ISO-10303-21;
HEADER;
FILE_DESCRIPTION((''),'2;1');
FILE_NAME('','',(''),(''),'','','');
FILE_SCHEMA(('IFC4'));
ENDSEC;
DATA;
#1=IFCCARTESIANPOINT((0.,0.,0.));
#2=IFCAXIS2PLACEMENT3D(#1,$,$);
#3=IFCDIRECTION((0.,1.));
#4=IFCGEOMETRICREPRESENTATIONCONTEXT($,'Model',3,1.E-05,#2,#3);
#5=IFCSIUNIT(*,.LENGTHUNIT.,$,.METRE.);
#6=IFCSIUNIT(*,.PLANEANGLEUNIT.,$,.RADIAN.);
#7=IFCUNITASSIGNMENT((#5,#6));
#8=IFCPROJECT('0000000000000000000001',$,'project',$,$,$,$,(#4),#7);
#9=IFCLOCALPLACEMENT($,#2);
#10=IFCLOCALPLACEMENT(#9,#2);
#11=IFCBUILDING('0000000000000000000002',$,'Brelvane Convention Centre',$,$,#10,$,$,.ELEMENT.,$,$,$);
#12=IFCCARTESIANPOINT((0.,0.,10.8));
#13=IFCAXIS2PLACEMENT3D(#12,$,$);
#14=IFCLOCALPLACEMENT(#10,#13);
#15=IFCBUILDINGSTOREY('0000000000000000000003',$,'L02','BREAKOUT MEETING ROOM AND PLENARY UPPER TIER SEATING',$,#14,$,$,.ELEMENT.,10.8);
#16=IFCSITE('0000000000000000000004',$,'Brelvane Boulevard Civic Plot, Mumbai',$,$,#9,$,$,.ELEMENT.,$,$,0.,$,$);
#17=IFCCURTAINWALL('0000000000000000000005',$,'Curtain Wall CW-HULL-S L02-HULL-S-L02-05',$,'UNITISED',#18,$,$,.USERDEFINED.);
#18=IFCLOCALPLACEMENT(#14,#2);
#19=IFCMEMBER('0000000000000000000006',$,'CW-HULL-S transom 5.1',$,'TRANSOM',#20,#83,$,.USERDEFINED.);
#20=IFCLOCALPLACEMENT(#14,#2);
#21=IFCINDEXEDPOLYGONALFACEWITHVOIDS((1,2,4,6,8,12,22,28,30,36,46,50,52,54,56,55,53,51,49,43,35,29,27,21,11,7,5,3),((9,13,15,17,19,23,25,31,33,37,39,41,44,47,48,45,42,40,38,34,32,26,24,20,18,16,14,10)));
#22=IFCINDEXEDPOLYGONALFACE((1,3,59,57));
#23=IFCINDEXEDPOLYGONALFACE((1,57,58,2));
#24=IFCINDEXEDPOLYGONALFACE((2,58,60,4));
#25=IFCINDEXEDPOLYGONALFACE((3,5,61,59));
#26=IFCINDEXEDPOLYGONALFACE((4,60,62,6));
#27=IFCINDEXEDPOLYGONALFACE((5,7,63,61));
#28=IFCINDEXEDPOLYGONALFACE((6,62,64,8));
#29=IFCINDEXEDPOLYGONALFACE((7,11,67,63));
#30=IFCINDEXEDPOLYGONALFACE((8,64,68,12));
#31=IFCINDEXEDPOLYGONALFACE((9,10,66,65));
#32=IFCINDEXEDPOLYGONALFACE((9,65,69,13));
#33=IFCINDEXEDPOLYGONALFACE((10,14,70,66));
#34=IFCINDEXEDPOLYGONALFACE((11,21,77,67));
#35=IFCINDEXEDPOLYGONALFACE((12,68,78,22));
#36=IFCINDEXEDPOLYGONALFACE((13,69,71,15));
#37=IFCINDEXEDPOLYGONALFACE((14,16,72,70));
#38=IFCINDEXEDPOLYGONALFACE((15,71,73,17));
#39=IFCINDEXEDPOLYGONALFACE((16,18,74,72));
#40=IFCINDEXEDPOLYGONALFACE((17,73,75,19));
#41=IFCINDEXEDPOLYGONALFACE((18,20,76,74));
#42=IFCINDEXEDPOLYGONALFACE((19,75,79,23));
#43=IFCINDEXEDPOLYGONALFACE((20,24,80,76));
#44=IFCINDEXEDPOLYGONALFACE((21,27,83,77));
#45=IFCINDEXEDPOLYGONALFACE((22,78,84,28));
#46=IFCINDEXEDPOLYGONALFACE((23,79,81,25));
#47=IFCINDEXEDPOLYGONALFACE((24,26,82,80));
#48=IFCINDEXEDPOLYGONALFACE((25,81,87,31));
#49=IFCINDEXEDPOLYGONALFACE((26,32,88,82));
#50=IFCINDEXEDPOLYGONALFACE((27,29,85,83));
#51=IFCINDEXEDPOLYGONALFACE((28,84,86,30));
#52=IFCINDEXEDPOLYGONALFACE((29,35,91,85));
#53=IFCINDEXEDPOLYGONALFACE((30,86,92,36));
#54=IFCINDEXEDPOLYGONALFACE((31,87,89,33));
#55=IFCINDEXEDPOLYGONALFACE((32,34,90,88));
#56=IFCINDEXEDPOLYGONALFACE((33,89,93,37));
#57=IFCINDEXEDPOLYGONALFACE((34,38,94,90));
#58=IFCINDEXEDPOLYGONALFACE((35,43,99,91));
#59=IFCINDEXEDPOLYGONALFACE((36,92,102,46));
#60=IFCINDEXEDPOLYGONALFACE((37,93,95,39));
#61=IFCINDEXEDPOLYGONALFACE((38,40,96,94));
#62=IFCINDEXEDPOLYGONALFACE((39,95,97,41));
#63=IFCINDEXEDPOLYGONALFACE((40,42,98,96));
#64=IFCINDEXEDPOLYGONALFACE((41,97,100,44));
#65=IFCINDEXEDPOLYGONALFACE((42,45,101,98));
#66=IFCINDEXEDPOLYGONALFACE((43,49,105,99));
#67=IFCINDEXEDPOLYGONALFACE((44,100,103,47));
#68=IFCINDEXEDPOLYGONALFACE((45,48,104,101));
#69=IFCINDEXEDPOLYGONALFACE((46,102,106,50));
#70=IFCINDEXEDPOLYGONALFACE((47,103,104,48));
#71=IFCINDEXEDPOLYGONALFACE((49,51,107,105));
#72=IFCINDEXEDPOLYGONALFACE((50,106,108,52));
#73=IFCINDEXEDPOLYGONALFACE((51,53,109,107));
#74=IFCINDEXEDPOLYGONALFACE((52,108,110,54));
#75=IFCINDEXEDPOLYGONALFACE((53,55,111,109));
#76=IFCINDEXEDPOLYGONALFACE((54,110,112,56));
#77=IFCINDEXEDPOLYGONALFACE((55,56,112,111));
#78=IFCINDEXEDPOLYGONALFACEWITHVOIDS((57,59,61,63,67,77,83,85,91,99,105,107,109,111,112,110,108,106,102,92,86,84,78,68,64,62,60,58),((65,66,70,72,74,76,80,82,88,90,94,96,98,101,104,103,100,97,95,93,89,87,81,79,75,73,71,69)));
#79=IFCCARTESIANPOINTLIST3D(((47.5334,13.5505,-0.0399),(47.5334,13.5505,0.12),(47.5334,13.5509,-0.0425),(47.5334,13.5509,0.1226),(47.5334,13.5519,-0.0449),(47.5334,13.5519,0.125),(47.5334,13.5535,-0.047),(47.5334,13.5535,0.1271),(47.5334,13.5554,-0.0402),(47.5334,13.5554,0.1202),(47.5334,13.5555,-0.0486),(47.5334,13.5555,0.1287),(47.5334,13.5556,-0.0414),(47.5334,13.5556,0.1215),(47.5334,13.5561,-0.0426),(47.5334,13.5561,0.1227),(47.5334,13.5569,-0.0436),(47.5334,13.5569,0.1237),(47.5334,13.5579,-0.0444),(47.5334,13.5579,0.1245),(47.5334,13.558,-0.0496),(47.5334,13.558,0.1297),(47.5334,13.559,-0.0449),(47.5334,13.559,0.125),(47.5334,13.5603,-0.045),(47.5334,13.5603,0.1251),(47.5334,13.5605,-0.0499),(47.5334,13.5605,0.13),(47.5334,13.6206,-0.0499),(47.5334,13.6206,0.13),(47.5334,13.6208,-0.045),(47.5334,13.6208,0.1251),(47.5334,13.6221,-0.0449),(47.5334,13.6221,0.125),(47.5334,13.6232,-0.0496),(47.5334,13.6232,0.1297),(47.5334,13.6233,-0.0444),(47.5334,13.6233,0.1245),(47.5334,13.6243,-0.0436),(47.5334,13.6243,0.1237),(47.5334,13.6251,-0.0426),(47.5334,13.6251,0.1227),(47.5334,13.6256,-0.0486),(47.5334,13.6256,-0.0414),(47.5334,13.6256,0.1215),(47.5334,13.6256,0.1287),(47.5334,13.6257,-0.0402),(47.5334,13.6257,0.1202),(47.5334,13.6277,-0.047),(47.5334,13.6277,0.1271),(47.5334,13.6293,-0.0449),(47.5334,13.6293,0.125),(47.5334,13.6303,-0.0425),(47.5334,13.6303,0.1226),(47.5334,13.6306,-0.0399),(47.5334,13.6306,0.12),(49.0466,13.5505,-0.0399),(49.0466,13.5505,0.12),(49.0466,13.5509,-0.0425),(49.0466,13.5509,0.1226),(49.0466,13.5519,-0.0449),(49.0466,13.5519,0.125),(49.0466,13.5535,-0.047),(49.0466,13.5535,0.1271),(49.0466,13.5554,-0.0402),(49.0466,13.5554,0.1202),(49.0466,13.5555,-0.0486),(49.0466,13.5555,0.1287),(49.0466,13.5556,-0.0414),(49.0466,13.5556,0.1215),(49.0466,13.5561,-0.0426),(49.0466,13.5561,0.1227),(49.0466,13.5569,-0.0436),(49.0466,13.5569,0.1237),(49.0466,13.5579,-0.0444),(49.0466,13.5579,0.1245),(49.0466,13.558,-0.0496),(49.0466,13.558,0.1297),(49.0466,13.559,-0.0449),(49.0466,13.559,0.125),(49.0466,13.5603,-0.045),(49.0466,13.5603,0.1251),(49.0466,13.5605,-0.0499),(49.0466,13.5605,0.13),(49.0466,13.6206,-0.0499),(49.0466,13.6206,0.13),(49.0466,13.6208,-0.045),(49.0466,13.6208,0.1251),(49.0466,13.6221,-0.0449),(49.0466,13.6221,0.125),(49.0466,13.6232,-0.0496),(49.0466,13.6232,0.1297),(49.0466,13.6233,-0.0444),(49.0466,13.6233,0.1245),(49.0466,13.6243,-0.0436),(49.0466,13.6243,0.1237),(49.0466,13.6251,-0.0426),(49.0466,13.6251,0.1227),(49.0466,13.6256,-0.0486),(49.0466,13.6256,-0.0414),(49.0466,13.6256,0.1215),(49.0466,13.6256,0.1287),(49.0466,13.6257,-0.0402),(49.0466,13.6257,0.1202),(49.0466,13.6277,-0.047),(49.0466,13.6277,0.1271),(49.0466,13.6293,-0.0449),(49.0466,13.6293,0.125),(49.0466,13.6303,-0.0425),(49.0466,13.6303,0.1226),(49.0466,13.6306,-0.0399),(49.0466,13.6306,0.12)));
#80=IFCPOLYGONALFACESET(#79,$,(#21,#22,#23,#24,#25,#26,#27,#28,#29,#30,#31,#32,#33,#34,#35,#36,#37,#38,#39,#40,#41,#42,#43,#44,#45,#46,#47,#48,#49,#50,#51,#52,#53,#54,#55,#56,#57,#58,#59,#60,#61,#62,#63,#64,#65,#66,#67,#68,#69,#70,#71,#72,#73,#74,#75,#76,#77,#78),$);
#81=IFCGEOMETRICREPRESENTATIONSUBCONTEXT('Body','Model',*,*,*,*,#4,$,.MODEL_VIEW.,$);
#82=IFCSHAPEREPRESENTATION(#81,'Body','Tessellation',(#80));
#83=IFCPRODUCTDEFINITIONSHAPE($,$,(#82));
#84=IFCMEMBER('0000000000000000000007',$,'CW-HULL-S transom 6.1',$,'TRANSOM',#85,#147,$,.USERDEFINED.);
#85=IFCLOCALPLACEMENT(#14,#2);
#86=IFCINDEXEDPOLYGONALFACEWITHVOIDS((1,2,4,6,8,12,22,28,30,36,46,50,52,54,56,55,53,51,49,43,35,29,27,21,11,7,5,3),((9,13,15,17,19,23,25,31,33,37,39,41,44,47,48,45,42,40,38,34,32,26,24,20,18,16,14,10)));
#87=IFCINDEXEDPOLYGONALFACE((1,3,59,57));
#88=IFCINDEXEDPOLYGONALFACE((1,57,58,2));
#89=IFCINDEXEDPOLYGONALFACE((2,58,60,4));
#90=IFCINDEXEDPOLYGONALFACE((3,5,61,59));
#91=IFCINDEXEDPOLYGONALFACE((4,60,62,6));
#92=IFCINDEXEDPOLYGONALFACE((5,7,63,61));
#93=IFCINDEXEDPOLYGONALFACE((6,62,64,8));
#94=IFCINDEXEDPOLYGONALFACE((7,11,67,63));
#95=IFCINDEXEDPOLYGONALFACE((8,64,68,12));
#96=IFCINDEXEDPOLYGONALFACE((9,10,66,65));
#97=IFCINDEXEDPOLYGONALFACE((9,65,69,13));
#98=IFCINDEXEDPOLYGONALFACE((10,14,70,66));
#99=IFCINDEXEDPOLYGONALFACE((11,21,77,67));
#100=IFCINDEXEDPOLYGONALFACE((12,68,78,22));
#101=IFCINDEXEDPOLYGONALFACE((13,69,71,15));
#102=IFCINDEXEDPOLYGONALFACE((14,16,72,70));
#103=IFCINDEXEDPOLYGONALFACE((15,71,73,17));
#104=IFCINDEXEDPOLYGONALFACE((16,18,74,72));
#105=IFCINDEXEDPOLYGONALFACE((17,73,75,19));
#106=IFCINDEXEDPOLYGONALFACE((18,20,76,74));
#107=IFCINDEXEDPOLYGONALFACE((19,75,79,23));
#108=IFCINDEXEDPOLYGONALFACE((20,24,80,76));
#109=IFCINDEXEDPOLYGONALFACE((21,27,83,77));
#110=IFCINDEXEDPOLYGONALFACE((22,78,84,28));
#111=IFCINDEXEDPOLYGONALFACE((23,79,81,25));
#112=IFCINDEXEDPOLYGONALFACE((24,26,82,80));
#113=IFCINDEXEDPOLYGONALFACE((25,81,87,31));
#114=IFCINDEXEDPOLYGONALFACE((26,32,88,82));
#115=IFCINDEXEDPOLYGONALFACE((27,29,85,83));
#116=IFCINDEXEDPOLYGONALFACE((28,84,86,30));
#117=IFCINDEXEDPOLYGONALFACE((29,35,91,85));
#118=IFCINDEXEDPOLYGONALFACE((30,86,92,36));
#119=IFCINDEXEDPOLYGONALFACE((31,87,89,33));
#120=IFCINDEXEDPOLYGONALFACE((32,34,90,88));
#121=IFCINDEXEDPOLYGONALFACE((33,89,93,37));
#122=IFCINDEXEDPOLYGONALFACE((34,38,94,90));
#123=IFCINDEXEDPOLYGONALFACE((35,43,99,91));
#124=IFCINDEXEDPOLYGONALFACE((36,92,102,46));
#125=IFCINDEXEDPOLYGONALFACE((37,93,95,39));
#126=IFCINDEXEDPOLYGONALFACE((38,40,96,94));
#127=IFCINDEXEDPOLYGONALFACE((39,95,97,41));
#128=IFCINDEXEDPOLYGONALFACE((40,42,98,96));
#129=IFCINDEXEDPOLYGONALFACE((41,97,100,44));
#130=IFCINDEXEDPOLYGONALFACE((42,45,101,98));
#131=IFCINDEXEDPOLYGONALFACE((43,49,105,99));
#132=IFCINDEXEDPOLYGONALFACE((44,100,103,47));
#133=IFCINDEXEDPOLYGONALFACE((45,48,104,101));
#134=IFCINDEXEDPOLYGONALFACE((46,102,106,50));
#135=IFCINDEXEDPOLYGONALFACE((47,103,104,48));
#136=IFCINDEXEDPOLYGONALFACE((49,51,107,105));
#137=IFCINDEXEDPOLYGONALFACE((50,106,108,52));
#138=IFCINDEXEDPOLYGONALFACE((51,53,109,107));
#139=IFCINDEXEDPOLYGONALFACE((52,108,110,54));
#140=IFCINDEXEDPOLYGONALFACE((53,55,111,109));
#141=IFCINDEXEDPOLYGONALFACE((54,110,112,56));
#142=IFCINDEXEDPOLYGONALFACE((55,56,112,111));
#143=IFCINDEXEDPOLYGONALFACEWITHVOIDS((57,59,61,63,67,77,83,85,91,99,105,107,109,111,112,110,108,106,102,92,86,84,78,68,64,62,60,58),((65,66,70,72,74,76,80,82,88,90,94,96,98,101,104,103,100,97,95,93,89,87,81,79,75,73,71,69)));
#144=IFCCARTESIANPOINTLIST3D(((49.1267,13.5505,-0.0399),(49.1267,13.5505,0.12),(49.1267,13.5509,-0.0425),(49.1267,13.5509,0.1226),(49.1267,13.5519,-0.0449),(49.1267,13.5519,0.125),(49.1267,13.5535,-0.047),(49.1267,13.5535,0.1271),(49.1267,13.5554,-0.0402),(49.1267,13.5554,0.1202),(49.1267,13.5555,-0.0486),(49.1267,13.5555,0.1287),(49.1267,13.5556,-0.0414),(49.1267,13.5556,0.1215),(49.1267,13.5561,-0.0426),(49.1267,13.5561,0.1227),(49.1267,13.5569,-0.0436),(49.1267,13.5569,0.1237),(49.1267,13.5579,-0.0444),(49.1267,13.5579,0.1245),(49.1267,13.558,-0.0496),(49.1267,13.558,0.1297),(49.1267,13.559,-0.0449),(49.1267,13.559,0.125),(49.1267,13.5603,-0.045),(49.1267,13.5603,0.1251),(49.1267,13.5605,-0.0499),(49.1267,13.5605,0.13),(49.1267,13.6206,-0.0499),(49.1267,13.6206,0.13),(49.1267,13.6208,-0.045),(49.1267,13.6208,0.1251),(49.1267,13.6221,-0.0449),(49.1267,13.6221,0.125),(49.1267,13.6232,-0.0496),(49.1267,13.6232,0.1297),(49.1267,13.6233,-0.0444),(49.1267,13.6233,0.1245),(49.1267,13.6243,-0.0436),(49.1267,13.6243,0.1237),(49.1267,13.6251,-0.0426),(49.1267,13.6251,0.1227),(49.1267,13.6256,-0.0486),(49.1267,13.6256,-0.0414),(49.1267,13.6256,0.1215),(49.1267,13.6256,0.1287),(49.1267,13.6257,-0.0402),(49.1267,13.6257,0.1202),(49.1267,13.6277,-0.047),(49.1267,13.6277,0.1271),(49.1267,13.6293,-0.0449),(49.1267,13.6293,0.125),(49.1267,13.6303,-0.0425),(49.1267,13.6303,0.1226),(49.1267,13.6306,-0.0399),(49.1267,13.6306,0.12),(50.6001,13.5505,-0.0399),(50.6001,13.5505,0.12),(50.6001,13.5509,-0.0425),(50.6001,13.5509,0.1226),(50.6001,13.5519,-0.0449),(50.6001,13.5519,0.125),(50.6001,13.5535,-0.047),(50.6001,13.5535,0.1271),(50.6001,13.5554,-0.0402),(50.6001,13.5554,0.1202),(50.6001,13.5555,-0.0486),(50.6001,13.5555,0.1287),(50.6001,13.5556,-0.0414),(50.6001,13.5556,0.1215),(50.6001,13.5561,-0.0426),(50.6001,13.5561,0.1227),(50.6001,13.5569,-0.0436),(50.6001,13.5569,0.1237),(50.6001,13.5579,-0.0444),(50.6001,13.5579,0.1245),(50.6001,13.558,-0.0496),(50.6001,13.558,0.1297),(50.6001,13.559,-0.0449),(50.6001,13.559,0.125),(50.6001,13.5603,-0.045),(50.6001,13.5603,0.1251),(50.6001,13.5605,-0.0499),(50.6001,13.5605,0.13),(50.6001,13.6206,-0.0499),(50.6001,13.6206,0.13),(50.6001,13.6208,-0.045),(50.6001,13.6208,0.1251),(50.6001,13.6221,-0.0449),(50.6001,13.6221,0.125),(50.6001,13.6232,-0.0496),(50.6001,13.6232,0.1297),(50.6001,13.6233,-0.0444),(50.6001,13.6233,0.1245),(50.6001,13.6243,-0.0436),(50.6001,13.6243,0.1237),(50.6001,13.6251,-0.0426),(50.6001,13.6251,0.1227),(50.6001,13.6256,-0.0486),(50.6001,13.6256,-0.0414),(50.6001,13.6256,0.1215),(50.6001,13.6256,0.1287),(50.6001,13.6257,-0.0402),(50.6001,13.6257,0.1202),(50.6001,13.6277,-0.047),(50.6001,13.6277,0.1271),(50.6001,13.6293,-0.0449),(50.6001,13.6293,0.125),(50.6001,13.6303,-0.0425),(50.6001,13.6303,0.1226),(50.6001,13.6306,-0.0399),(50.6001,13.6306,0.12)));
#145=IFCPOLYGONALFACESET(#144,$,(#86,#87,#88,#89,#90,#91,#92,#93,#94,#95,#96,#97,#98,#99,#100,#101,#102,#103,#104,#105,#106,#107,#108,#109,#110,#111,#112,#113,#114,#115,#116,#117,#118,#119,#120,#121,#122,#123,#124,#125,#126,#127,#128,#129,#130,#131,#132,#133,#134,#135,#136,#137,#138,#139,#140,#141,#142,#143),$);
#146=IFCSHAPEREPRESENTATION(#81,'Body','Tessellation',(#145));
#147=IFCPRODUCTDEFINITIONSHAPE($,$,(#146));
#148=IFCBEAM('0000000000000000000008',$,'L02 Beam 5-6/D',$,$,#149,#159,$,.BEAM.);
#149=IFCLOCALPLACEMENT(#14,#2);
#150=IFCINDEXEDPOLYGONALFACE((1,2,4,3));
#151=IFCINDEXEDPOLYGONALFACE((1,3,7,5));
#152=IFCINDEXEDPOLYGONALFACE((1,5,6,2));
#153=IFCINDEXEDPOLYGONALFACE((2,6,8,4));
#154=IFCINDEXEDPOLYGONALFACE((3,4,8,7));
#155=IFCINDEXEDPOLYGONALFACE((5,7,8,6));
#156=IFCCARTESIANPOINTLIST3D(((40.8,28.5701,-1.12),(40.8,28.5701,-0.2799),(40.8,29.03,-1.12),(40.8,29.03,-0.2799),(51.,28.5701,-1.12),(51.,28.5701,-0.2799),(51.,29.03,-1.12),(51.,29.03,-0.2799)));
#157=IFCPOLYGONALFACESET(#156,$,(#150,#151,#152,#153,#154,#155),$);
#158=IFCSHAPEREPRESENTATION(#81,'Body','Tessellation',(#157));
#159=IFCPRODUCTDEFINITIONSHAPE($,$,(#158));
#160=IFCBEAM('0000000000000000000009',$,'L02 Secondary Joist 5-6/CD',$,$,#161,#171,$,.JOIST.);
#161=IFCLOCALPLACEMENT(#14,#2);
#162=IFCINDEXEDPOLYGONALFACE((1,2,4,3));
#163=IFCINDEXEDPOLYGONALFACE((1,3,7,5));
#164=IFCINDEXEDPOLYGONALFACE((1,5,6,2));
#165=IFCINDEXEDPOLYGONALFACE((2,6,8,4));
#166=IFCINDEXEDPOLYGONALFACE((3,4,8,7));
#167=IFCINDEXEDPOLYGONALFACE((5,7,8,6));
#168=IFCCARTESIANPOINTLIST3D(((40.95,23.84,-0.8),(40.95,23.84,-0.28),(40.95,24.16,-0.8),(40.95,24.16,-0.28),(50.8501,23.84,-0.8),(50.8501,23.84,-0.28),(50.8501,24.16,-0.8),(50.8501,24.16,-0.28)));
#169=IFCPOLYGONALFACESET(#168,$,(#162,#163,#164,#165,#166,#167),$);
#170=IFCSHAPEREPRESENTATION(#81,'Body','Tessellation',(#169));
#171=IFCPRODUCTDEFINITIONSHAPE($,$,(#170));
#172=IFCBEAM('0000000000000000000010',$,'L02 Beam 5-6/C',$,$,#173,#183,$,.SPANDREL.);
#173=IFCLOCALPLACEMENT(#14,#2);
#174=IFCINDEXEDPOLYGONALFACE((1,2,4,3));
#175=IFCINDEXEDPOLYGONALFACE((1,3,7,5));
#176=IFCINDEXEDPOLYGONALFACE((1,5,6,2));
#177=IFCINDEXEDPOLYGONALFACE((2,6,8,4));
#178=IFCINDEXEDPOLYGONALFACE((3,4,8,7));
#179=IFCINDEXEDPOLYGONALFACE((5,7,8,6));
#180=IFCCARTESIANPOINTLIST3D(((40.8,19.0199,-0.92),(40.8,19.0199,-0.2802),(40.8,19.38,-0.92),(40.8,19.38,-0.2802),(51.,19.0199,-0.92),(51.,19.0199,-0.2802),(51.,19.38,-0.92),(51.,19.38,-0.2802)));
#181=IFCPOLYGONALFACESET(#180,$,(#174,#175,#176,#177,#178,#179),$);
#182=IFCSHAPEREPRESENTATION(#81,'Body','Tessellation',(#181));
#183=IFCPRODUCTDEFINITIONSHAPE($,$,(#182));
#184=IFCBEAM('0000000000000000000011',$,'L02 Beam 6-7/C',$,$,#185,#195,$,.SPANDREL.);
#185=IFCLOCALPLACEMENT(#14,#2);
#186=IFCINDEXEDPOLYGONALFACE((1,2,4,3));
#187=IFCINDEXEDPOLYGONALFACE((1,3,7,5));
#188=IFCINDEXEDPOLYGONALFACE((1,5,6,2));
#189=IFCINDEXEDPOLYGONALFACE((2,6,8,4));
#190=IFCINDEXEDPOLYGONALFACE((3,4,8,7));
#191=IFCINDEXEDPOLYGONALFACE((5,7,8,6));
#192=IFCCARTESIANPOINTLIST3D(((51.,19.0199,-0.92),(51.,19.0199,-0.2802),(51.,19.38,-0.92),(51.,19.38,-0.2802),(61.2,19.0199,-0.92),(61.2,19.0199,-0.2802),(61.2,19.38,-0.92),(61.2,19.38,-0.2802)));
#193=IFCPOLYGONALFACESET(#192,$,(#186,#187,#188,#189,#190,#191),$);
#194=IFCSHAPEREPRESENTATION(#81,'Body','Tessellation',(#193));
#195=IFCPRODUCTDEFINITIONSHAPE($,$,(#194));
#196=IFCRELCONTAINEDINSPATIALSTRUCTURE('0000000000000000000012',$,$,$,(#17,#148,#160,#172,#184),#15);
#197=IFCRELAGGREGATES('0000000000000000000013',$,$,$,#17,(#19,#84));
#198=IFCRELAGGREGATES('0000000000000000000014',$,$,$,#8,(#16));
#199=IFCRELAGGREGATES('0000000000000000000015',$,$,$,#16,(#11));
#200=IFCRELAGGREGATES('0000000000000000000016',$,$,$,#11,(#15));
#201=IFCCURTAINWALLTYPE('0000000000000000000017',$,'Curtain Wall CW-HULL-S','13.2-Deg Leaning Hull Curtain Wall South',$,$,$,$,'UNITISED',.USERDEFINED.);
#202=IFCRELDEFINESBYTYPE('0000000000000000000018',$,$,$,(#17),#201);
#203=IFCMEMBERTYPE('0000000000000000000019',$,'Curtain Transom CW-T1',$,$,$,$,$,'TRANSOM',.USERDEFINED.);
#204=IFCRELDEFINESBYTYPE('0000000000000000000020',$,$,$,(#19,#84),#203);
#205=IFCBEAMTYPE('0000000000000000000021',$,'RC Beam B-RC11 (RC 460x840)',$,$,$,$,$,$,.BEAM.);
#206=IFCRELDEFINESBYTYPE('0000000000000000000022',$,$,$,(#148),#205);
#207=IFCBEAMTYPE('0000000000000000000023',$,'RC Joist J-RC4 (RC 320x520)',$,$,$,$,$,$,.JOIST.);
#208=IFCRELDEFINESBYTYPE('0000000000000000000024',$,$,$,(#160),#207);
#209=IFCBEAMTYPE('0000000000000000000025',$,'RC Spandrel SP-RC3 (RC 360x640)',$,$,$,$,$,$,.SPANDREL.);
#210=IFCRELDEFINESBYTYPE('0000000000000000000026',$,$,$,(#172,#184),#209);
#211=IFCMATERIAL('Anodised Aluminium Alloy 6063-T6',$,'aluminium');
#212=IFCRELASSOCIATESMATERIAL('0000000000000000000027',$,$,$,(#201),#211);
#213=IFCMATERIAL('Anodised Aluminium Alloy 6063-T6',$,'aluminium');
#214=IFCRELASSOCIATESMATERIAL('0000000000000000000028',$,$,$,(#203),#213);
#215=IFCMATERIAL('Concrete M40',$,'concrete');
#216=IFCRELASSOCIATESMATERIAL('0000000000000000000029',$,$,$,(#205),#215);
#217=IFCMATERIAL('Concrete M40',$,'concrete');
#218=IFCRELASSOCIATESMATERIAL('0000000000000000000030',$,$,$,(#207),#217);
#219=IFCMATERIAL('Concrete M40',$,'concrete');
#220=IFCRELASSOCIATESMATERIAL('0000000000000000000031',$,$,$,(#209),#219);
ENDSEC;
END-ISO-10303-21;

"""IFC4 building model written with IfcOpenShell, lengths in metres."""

from ifc_helpers import new_model, si_unit, direction, frame, origin, origin_2d, place, context, subcontext, project, spatial, rectangle, hollow_rectangle, extrude, material, material_profile, profile_set, type_object, element, aggregate, save


model = new_model("IFC4")

# Units and contexts
model_context = context("Model", 3, precision=1e-05, world=origin(), true_north=direction((0.0, 1.0)))
body_context = subcontext(model_context, "Body", "Model", "MODEL_VIEW")
ifc_project = project(units=[si_unit("LENGTHUNIT", "METRE"), si_unit("PLANEANGLEUNIT", "RADIAN")], contexts=[model_context])

# Site, building, storey
site_placement = place(None, origin())
site = spatial("IfcSite", under=ifc_project, at=site_placement, Name="Brelvane Boulevard Civic Plot, Mumbai", CompositionType="ELEMENT", RefElevation=0.0)
building_placement = place(site_placement, origin())
building = spatial("IfcBuilding", under=site, at=building_placement, Name="Brelvane Convention Centre", CompositionType="ELEMENT")
storey_placement = place(building_placement, frame((0.0, 0.0, 10.8)))
storey = spatial("IfcBuildingStorey", under=building, at=storey_placement, Name="L02", Description="BREAKOUT MEETING ROOM AND PLENARY UPPER TIER SEATING", CompositionType="ELEMENT", Elevation=10.8)

# Curtain wall, members
ifc_material_1 = material(Name="Anodised Aluminium Alloy 6063-T6", Category="aluminium")
curtain_wall_type = type_object("IfcCurtainWallType", Name="Curtain Wall CW-HULL-S", Description="13.2-Deg Leaning Hull Curtain Wall South", ElementType="UNITISED", PredefinedType="USERDEFINED", material=ifc_material_1)
curtain_wall_placement = place(storey_placement, origin())
curtain_wall = element("IfcCurtainWall", 1, at=curtain_wall_placement, inside=storey, type_object=curtain_wall_type, Name="Curtain Wall CW-HULL-S L02-HULL-S-L02-05", ObjectType="UNITISED", PredefinedType="USERDEFINED")
ifc_material_2 = material(Name="Anodised Aluminium Alloy 6063-T6", Category="aluminium")
ifc_material_profile_1 = material_profile(ifc_material_2, hollow_rectangle(XDim=0.0801, YDim=0.1799, WallThickness=0.0049, InnerFilletRadius=0.0049, OuterFilletRadius=0.01, at=origin_2d()), Name="ALU-T 180x80x5.0")
ifc_profile_set_1 = profile_set([ifc_material_profile_1], Name="Anodised Aluminium Alloy 6063-T6")
member_type_1 = type_object("IfcMemberType", Name="Curtain Transom CW-T1", ElementType="TRANSOM", PredefinedType="USERDEFINED", material=ifc_profile_set_1)
member_1_placement = place(storey_placement, frame((47.5334, 13.5906, 0.04), z_axis=(1.0, 0.0, 0.0), x_axis=(0.0, 1.0, 0.0)))
member_1 = element("IfcMember", 2, at=member_1_placement, type_object=member_type_1, Name="CW-HULL-S transom 5.1", ObjectType="TRANSOM", PredefinedType="USERDEFINED", context=body_context, shape_type="SweptSolid", body=[
    extrude(hollow_rectangle(XDim=0.0801, YDim=0.1799, WallThickness=0.0049, InnerFilletRadius=0.0049, OuterFilletRadius=0.01, at=origin_2d()), origin(), (0.0, 0.0, 1.0), 1.5132),
])
member_2_placement = place(storey_placement, frame((49.1267, 13.5906, 0.04), z_axis=(1.0, 0.0, 0.0), x_axis=(0.0, 1.0, 0.0)))
member_2 = element("IfcMember", 3, at=member_2_placement, type_object=member_type_1, Name="CW-HULL-S transom 6.1", ObjectType="TRANSOM", PredefinedType="USERDEFINED", context=body_context, shape_type="SweptSolid", body=[
    extrude(hollow_rectangle(XDim=0.0801, YDim=0.1799, WallThickness=0.0049, InnerFilletRadius=0.0049, OuterFilletRadius=0.01, at=origin_2d()), origin(), (0.0, 0.0, 1.0), 1.4734),
])

# Beams
ifc_material_3 = material(Name="Concrete M40", Category="concrete")
ifc_material_profile_2 = material_profile(ifc_material_3, rectangle(XDim=0.46, YDim=0.8401, at=origin_2d()), Name="RC 460x840")
ifc_profile_set_2 = profile_set([ifc_material_profile_2], Name="Concrete M40")
beam_type_1 = type_object("IfcBeamType", Name="RC Beam B-RC11 (RC 460x840)", PredefinedType="BEAM", material=ifc_profile_set_2)
beam_1_placement = place(storey_placement, frame((40.8, 28.8, -0.7), z_axis=(1.0, 0.0, 0.0), x_axis=(0.0, 1.0, 0.0)))
element("IfcBeam", 4, at=beam_1_placement, inside=storey, type_object=beam_type_1, Name="L02 Beam 5-6/D", PredefinedType="BEAM", context=body_context, shape_type="SweptSolid", body=[
    extrude(rectangle(XDim=0.46, YDim=0.8401, at=origin_2d()), origin(), (0.0, 0.0, 1.0), 10.2),
])
ifc_material_4 = material(Name="Concrete M40", Category="concrete")
ifc_material_profile_3 = material_profile(ifc_material_4, rectangle(XDim=0.3201, YDim=0.52, at=origin_2d()), Name="RC 320x520")
ifc_profile_set_3 = profile_set([ifc_material_profile_3], Name="Concrete M40")
beam_type_2 = type_object("IfcBeamType", Name="RC Joist J-RC4 (RC 320x520)", PredefinedType="JOIST", material=ifc_profile_set_3)
beam_2_placement = place(storey_placement, frame((40.95, 24.0, -0.54), z_axis=(1.0, 0.0, 0.0), x_axis=(0.0, 1.0, 0.0)))
element("IfcBeam", 5, at=beam_2_placement, inside=storey, type_object=beam_type_2, Name="L02 Secondary Joist 5-6/CD", PredefinedType="JOIST", context=body_context, shape_type="SweptSolid", body=[
    extrude(rectangle(XDim=0.3201, YDim=0.52, at=origin_2d()), origin(), (0.0, 0.0, 1.0), 9.9001),
])
ifc_material_5 = material(Name="Concrete M40", Category="concrete")
ifc_material_profile_4 = material_profile(ifc_material_5, rectangle(XDim=0.3601, YDim=0.6399, at=origin_2d()), Name="RC 360x640")
ifc_profile_set_4 = profile_set([ifc_material_profile_4], Name="Concrete M40")
beam_type_3 = type_object("IfcBeamType", Name="RC Spandrel SP-RC3 (RC 360x640)", PredefinedType="SPANDREL", material=ifc_profile_set_4)
for number, where, z_axis, x_axis, name in (
    (6, (40.8, 19.2, -0.6001), (1.0, 0.0, 0.0), (0.0, 1.0, 0.0), "L02 Beam 5-6/C"),
    (7, (51.0, 19.2, -0.6001), (1.0, 0.0, 0.0), (0.0, 1.0, 0.0), "L02 Beam 6-7/C"),
):
    element("IfcBeam", number, at=place(storey_placement, frame(where, z_axis=z_axis, x_axis=x_axis)), inside=storey, type_object=beam_type_3, Name=name, PredefinedType="SPANDREL", context=body_context, shape_type="SweptSolid", body=[
        extrude(rectangle(XDim=0.3601, YDim=0.6399, at=origin_2d()), origin(), (0.0, 0.0, 1.0), 10.2),
    ])

aggregate(curtain_wall, [member_1, member_2])

save(model, "model.ifc")
